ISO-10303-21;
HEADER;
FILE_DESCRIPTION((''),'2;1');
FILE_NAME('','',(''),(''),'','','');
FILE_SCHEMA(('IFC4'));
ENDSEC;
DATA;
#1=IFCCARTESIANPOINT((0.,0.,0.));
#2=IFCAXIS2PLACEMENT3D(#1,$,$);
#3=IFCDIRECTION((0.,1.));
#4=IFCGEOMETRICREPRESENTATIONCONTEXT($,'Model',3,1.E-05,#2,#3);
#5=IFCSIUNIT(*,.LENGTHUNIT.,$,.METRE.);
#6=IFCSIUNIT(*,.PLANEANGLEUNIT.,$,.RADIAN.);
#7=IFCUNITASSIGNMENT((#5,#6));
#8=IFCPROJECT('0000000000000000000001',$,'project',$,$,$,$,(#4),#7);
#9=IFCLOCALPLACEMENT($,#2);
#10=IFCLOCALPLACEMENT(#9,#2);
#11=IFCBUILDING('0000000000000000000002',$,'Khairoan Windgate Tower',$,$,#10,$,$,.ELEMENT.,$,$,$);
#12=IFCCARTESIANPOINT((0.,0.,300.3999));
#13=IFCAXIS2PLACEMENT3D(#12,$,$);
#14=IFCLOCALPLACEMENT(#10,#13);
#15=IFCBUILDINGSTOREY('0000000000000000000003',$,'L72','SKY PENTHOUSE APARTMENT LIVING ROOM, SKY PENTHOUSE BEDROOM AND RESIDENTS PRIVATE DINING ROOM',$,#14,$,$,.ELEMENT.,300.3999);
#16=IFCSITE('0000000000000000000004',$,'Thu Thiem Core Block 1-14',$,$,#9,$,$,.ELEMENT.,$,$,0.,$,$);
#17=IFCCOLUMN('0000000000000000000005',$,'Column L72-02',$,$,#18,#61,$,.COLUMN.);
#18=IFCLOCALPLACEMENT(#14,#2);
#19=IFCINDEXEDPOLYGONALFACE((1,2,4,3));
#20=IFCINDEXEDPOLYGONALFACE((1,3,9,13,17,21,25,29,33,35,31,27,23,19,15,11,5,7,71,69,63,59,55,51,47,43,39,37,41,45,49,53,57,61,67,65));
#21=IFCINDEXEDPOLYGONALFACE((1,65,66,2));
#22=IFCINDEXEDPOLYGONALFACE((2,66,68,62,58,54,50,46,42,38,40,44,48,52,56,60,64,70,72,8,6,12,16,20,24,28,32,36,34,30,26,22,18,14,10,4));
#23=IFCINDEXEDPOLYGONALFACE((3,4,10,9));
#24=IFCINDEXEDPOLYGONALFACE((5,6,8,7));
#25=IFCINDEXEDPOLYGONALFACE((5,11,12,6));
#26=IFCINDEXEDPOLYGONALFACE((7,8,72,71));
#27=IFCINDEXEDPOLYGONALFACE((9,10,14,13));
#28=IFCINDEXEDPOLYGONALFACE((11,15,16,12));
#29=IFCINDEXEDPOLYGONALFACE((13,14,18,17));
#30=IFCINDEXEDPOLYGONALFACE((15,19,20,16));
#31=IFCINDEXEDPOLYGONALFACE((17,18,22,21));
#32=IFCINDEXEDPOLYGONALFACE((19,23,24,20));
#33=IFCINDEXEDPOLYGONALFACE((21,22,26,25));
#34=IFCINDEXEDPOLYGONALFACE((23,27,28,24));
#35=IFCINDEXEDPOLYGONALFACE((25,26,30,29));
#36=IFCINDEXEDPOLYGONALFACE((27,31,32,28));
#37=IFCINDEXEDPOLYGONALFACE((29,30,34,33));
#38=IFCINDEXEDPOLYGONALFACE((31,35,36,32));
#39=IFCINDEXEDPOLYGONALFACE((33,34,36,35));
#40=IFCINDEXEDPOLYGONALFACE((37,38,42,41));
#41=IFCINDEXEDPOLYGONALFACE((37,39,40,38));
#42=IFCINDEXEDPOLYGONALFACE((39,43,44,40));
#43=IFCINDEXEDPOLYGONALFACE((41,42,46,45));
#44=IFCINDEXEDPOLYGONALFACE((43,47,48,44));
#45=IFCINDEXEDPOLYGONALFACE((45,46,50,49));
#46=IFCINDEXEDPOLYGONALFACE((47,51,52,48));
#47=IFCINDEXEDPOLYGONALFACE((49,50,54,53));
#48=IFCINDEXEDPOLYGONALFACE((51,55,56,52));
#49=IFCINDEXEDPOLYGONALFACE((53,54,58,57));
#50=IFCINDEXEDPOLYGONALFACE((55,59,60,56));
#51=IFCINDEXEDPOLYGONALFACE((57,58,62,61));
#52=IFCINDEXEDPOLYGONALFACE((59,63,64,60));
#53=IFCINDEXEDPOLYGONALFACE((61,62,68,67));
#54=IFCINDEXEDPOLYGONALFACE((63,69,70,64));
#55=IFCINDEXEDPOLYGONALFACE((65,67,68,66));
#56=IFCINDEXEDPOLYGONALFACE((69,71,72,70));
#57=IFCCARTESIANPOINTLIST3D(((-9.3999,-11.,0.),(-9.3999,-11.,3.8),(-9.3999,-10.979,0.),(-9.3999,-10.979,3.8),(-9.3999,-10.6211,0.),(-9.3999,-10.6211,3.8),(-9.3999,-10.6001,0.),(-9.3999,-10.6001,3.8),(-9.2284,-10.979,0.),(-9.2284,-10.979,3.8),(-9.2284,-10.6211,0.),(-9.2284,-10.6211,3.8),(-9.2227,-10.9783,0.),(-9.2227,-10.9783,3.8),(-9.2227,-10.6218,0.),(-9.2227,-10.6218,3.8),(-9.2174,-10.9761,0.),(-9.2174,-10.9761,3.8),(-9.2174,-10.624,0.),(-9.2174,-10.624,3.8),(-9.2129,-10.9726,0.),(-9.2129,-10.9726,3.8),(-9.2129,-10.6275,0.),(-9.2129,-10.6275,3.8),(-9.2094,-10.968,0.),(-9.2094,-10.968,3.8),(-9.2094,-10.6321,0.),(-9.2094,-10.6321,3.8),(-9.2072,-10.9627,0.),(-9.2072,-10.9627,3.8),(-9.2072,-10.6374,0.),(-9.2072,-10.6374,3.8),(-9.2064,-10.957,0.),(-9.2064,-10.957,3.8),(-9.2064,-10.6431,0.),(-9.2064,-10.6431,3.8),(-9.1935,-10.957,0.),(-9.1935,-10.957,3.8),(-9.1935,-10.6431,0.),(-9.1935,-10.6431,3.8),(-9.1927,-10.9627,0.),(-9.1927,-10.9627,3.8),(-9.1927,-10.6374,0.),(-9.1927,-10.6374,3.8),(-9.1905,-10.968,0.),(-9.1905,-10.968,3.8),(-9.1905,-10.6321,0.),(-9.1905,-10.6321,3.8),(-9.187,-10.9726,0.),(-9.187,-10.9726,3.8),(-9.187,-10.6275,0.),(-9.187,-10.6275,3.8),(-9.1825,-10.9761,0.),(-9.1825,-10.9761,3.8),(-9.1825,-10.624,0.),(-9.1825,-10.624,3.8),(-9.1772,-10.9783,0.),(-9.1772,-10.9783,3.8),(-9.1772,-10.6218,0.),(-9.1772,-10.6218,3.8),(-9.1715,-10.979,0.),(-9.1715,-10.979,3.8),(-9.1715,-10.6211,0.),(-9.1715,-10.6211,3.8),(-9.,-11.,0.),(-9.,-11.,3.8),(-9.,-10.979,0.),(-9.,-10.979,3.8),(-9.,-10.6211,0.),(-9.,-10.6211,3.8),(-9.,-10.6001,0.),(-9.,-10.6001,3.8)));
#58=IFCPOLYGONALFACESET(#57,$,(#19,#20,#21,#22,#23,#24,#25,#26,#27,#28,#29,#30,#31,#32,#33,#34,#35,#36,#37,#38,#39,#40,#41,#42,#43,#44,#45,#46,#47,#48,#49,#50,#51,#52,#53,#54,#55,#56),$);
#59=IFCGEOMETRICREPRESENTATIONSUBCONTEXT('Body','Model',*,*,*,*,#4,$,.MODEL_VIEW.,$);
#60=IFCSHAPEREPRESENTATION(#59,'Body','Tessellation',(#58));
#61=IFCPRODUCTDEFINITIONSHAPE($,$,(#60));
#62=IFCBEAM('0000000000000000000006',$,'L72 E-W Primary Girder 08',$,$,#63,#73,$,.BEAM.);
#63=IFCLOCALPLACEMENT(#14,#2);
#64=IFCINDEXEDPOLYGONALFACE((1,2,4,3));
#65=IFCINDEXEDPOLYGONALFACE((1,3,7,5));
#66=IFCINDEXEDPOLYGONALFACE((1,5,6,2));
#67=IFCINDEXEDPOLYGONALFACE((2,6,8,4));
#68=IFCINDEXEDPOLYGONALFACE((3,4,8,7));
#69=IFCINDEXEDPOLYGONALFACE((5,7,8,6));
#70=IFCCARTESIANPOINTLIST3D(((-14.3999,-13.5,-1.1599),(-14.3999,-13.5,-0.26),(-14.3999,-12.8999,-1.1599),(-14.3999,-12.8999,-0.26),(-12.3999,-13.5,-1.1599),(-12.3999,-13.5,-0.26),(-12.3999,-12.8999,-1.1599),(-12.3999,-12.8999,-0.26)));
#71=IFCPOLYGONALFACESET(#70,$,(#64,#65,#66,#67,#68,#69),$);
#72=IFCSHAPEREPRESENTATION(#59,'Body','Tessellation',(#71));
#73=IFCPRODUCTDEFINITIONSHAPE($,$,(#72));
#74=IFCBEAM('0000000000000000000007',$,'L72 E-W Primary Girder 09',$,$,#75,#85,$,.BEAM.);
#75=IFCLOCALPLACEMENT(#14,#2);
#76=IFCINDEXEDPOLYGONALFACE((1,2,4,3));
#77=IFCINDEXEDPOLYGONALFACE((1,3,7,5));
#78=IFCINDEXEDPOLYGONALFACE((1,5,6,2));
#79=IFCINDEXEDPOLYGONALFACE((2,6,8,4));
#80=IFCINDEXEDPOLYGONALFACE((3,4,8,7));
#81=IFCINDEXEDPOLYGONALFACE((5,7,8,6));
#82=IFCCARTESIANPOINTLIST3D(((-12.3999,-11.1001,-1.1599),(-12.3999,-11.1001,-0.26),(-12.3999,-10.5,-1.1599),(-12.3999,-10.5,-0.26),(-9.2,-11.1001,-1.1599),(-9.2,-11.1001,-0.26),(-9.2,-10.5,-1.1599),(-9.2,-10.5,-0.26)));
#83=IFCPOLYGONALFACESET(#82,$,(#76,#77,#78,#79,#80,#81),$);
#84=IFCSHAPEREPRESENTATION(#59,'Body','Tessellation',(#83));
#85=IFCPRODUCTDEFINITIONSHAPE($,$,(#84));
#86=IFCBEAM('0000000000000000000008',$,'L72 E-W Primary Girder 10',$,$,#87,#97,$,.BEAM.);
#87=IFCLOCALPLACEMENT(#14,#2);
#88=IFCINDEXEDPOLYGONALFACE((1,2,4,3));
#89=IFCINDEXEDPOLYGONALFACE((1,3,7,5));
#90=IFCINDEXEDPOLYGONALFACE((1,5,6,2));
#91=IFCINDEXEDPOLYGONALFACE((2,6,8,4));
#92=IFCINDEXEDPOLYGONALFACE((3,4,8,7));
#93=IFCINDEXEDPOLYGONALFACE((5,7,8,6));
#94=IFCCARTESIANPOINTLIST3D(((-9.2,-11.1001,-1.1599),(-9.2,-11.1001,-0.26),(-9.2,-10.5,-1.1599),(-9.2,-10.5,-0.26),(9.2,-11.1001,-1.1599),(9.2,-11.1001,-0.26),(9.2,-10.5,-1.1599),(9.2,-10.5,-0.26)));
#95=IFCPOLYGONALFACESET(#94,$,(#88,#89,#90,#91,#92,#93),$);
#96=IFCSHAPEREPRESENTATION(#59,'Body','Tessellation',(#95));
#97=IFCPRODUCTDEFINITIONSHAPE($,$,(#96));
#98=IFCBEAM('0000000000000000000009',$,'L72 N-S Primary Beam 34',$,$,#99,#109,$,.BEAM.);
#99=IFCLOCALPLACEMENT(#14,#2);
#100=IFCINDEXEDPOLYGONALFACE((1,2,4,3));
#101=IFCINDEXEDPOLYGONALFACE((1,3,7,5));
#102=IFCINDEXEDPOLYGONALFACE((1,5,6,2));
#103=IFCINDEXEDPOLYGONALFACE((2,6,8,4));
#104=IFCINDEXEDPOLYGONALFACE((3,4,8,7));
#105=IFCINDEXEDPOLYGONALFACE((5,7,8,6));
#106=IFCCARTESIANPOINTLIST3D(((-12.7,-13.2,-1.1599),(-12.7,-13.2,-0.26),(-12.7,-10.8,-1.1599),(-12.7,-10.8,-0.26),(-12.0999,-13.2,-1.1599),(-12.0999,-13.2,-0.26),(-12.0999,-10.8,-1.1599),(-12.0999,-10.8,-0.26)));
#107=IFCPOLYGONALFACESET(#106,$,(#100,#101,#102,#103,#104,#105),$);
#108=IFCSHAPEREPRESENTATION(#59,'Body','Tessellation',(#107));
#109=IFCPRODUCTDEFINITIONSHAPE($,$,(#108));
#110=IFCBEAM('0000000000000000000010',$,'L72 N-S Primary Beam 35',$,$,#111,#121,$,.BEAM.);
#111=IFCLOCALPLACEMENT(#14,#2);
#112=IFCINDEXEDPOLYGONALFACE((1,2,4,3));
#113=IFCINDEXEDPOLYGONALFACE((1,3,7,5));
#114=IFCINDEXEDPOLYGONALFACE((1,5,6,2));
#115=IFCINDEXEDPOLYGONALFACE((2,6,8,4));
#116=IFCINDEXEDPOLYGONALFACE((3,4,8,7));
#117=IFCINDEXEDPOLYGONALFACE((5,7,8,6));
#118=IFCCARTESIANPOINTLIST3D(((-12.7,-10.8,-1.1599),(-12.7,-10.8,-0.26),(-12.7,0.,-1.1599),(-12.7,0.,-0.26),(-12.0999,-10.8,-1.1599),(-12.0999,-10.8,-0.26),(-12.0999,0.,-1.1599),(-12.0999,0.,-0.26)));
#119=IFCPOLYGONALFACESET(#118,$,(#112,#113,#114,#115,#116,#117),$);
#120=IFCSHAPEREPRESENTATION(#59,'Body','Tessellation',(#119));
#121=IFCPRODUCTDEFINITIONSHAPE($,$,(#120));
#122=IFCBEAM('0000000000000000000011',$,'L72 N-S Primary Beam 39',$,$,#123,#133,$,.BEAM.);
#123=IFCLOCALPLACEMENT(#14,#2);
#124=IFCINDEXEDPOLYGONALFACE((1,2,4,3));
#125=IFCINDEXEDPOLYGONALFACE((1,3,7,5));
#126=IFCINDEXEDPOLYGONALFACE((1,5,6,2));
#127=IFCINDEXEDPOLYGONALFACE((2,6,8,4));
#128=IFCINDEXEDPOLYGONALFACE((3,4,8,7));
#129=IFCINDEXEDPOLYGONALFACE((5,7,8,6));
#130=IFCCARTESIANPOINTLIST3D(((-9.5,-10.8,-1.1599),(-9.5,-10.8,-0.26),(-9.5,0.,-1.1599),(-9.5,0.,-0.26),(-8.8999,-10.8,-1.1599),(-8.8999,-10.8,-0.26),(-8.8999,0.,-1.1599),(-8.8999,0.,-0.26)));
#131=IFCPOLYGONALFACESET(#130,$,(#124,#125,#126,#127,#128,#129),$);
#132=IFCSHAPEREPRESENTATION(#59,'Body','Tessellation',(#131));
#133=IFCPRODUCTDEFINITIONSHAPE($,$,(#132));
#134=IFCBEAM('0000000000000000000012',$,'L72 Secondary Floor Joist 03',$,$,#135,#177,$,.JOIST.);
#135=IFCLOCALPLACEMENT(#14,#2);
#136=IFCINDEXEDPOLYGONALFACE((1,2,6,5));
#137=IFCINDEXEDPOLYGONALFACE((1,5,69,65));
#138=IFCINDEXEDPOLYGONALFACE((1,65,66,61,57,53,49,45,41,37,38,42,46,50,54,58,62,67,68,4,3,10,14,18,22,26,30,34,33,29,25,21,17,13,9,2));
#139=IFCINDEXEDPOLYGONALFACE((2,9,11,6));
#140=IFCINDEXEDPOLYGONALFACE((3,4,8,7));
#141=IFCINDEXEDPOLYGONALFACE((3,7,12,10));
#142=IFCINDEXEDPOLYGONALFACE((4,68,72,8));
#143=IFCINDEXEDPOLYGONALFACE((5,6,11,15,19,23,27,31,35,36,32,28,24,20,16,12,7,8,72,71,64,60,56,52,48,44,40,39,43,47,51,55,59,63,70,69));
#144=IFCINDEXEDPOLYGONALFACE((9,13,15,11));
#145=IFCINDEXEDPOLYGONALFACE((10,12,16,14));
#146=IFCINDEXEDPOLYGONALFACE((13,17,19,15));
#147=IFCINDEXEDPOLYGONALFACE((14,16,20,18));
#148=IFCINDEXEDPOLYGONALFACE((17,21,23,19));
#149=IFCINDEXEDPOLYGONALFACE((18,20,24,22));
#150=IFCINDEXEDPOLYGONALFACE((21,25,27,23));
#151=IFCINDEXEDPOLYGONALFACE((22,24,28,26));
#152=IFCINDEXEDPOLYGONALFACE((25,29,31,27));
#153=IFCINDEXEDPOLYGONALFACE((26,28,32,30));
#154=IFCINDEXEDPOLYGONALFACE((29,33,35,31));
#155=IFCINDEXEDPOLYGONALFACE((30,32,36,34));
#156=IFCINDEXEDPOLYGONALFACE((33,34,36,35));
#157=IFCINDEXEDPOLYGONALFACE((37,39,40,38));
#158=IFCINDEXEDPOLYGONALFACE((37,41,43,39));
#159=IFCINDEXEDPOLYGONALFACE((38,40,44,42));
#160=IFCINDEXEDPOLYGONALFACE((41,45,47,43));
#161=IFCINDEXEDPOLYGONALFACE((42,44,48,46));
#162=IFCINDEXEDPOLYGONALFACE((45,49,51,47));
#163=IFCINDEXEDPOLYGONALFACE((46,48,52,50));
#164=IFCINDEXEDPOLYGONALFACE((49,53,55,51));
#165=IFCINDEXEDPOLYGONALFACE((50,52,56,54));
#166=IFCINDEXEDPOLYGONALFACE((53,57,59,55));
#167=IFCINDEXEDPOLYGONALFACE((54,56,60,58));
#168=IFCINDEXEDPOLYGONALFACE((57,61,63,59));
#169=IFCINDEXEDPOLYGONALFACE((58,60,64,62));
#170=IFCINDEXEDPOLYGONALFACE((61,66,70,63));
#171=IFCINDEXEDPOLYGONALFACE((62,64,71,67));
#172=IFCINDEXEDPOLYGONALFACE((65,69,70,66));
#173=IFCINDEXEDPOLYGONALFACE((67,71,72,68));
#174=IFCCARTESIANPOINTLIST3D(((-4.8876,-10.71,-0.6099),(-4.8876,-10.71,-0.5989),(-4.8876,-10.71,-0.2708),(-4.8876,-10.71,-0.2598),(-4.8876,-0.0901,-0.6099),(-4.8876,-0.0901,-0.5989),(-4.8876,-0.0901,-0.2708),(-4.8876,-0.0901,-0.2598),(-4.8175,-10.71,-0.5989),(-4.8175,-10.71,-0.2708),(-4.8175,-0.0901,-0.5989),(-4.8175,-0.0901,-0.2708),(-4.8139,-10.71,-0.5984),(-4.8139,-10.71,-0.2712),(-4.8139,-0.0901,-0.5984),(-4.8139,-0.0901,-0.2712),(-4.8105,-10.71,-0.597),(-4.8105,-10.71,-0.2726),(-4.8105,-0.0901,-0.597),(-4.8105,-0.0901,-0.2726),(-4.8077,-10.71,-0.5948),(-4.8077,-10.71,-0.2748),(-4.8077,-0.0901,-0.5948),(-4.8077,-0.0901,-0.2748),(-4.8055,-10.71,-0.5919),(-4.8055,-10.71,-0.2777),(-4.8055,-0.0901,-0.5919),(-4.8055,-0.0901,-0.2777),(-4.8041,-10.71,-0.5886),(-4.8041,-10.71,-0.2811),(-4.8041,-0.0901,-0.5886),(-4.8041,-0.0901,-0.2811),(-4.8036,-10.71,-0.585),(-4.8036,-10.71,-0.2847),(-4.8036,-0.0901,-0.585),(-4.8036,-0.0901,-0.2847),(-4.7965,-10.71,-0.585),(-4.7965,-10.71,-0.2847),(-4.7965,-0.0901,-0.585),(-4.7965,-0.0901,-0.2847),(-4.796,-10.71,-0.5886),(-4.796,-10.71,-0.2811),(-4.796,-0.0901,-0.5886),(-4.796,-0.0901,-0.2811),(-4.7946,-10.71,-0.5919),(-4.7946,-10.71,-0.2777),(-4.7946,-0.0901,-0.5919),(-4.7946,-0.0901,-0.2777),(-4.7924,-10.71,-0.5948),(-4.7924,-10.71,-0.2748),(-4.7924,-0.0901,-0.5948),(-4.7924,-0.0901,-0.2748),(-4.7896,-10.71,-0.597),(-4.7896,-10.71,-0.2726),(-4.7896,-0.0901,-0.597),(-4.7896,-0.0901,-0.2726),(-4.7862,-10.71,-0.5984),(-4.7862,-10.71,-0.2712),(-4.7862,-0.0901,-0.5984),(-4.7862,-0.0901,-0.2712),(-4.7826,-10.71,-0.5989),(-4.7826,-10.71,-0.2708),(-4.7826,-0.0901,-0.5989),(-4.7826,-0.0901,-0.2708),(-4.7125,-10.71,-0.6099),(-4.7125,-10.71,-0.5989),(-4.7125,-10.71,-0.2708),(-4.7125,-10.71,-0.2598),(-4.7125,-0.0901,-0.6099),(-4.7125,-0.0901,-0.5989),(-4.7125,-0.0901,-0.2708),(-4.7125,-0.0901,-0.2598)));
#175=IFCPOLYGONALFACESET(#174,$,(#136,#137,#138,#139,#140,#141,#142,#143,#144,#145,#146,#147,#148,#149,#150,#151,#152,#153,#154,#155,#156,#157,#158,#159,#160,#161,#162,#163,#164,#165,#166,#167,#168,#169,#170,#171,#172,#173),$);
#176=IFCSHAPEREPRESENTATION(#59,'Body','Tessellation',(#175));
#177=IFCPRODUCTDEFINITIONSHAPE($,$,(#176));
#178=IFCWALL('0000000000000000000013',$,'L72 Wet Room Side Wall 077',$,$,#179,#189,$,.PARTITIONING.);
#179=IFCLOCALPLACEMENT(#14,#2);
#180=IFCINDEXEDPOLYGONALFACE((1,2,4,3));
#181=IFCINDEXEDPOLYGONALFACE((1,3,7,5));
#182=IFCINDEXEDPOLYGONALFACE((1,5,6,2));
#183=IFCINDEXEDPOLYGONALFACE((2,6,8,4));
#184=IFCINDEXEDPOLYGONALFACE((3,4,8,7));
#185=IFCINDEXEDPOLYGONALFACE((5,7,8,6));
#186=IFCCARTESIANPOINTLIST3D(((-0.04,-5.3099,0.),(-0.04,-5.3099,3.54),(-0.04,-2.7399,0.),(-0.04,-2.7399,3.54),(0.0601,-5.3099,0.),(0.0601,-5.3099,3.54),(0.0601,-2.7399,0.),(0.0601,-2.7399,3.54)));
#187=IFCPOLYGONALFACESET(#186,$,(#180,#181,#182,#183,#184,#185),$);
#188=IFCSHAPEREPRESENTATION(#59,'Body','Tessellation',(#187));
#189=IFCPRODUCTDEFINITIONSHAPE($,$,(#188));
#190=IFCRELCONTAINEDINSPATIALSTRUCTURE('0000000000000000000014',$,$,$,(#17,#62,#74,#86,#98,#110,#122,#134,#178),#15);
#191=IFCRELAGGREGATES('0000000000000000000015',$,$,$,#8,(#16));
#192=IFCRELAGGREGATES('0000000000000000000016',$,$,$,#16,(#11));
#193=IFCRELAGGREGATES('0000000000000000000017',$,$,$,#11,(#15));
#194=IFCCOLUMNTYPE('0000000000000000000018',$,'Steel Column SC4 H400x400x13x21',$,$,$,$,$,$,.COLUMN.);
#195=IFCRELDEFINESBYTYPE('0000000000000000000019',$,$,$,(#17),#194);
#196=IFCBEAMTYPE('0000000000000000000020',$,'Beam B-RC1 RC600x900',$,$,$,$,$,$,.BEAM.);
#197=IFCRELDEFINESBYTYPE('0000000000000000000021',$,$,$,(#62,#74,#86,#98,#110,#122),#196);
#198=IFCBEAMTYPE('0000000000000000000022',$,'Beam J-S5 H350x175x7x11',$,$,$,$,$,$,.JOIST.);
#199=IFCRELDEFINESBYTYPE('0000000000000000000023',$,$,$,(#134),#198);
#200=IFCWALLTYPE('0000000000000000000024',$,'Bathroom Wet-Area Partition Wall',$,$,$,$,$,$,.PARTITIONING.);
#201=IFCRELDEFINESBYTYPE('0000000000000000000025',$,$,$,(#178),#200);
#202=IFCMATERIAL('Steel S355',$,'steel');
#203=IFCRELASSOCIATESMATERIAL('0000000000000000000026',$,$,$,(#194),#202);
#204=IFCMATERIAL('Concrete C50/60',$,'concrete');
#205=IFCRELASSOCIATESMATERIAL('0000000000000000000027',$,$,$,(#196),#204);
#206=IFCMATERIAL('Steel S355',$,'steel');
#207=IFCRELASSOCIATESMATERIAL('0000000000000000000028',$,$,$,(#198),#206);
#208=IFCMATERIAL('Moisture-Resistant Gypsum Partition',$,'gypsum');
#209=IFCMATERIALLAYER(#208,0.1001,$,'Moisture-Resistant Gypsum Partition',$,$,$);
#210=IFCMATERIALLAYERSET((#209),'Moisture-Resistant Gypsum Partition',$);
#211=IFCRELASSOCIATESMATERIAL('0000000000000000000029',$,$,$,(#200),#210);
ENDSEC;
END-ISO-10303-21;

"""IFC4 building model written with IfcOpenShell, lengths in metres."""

from ifc_helpers import new_model, si_unit, direction, frame, frame_2d, origin, origin_2d, place, context, subcontext, project, spatial, rectangle, i_section, extrude, material, layer, layer_set, material_profile, profile_set, type_object, element, save


model = new_model("IFC4")

# Units and contexts
model_context = context("Model", 3, precision=1e-05, world=origin(), true_north=direction((0.0, 1.0)))
body_context = subcontext(model_context, "Body", "Model", "MODEL_VIEW")
ifc_project = project(units=[si_unit("LENGTHUNIT", "METRE"), si_unit("PLANEANGLEUNIT", "RADIAN")], contexts=[model_context])

# Site, building, storey
site_placement = place(None, origin())
site = spatial("IfcSite", under=ifc_project, at=site_placement, Name="Thu Thiem Core Block 1-14", CompositionType="ELEMENT", RefElevation=0.0)
building_placement = place(site_placement, origin())
building = spatial("IfcBuilding", under=site, at=building_placement, Name="Khairoan Windgate Tower", CompositionType="ELEMENT")
storey_placement = place(building_placement, frame((0.0, 0.0, 300.3999)))
storey = spatial("IfcBuildingStorey", under=building, at=storey_placement, Name="L72", Description="SKY PENTHOUSE APARTMENT LIVING ROOM, SKY PENTHOUSE BEDROOM AND RESIDENTS PRIVATE DINING ROOM", CompositionType="ELEMENT", Elevation=300.3999)

# Column
ifc_material_1 = material(Name="Steel S355", Category="steel")
ifc_material_profile_1 = material_profile(ifc_material_1, i_section(OverallWidth=0.3999, OverallDepth=0.3999, WebThickness=0.0129, FlangeThickness=0.021, FilletRadius=0.022, at=origin_2d()))
ifc_profile_set_1 = profile_set([ifc_material_profile_1], Name="Steel S355")
column_type = type_object("IfcColumnType", Name="Steel Column SC4 H400x400x13x21", PredefinedType="COLUMN", material=ifc_profile_set_1)
column_placement = place(storey_placement, frame((-9.2, -10.8, 0.0), z_axis=(0.0, 0.0, 1.0), x_axis=(1.0, 0.0, 0.0)))
element("IfcColumn", 1, at=column_placement, inside=storey, type_object=column_type, Name="Column L72-02", PredefinedType="COLUMN", context=body_context, shape_type="SweptSolid", body=[
    extrude(i_section(OverallWidth=0.3999, OverallDepth=0.3999, WebThickness=0.0129, FlangeThickness=0.021, FilletRadius=0.022, at=origin_2d()), origin(), (0.0, 0.0, 1.0), 3.8),
])

# Beams
ifc_material_2 = material(Name="Concrete C50/60", Category="concrete")
ifc_material_profile_2 = material_profile(ifc_material_2, rectangle(XDim=0.6001, YDim=0.8999, at=origin_2d()))
ifc_profile_set_2 = profile_set([ifc_material_profile_2], Name="Concrete C50/60")
beam_type_1 = type_object("IfcBeamType", Name="Beam B-RC1 RC600x900", PredefinedType="BEAM", material=ifc_profile_set_2)
beam_1_placement = place(storey_placement, frame((-14.3999, -13.2, -0.71), z_axis=(1.0, 0.0, 0.0), x_axis=(0.0, 1.0, 0.0)))
element("IfcBeam", 2, at=beam_1_placement, inside=storey, type_object=beam_type_1, Name="L72 E-W Primary Girder 08", PredefinedType="BEAM", context=body_context, shape_type="SweptSolid", body=[
    extrude(rectangle(XDim=0.6001, YDim=0.8999, at=origin_2d()), origin(), (0.0, 0.0, 1.0), 2.0),
])
beam_2_placement = place(storey_placement, frame((-12.3999, -10.8, -0.71), z_axis=(1.0, 0.0, 0.0), x_axis=(0.0, 1.0, 0.0)))
element("IfcBeam", 3, at=beam_2_placement, inside=storey, type_object=beam_type_1, Name="L72 E-W Primary Girder 09", PredefinedType="BEAM", context=body_context, shape_type="SweptSolid", body=[
    extrude(rectangle(XDim=0.6001, YDim=0.8999, at=origin_2d()), origin(), (0.0, 0.0, 1.0), 3.2),
])
beam_3_placement = place(storey_placement, frame((-9.2, -10.8, -0.71), z_axis=(1.0, 0.0, 0.0), x_axis=(0.0, 1.0, 0.0)))
element("IfcBeam", 4, at=beam_3_placement, inside=storey, type_object=beam_type_1, Name="L72 E-W Primary Girder 10", PredefinedType="BEAM", context=body_context, shape_type="SweptSolid", body=[
    extrude(rectangle(XDim=0.6001, YDim=0.8999, at=origin_2d()), origin(), (0.0, 0.0, 1.0), 18.3999),
])
beam_4_placement = place(storey_placement, frame((-12.3999, -13.2, -0.71), z_axis=(0.0, 1.0, 0.0), x_axis=(-1.0, 0.0, 0.0)))
element("IfcBeam", 5, at=beam_4_placement, inside=storey, type_object=beam_type_1, Name="L72 N-S Primary Beam 34", PredefinedType="BEAM", context=body_context, shape_type="SweptSolid", body=[
    extrude(rectangle(XDim=0.6001, YDim=0.8999, at=origin_2d()), origin(), (0.0, 0.0, 1.0), 2.3999),
])
for number, where, z_axis, x_axis, name in (
    (6, (-12.3999, -10.8, -0.71), (0.0, 1.0, 0.0), (-1.0, 0.0, 0.0), "L72 N-S Primary Beam 35"),
    (7, (-9.2, -10.8, -0.71), (0.0, 1.0, 0.0), (-1.0, 0.0, 0.0), "L72 N-S Primary Beam 39"),
):
    element("IfcBeam", number, at=place(storey_placement, frame(where, z_axis=z_axis, x_axis=x_axis)), inside=storey, type_object=beam_type_1, Name=name, PredefinedType="BEAM", context=body_context, shape_type="SweptSolid", body=[
        extrude(rectangle(XDim=0.6001, YDim=0.8999, at=origin_2d()), origin(), (0.0, 0.0, 1.0), 10.8),
    ])
ifc_material_3 = material(Name="Steel S355", Category="steel")
ifc_material_profile_3 = material_profile(ifc_material_3, i_section(OverallWidth=0.175, OverallDepth=0.3501, WebThickness=0.0071, FlangeThickness=0.011, FilletRadius=0.0139, at=origin_2d()))
ifc_profile_set_3 = profile_set([ifc_material_profile_3], Name="Steel S355")
beam_type_2 = type_object("IfcBeamType", Name="Beam J-S5 H350x175x7x11", PredefinedType="JOIST", material=ifc_profile_set_3)
beam_5_placement = place(storey_placement, frame((-4.8, -10.71, -0.4348), z_axis=(0.0, 1.0, 0.0), x_axis=(-1.0, 0.0, 0.0)))
element("IfcBeam", 8, at=beam_5_placement, inside=storey, type_object=beam_type_2, Name="L72 Secondary Floor Joist 03", PredefinedType="JOIST", context=body_context, shape_type="SweptSolid", body=[
    extrude(i_section(OverallWidth=0.175, OverallDepth=0.3501, WebThickness=0.0071, FlangeThickness=0.011, FilletRadius=0.0139, at=origin_2d()), origin(), (0.0, 0.0, 1.0), 10.6199),
])

# Wall
ifc_material_4 = material(Name="Moisture-Resistant Gypsum Partition", Category="gypsum")
ifc_layer_1 = layer(ifc_material_4, 0.1001, Name="Moisture-Resistant Gypsum Partition")
ifc_layer_set_1 = layer_set([ifc_layer_1], Name="Moisture-Resistant Gypsum Partition")
wall_type_1 = type_object("IfcWallType", Name="Bathroom Wet-Area Partition Wall", PredefinedType="PARTITIONING", material=ifc_layer_set_1)
wall_1_placement = place(storey_placement, frame((0.01, -5.3101, 0.0), z_axis=(0.0, 0.0, 1.0), x_axis=(0.0, 1.0, 0.0)))
element("IfcWall", 9, at=wall_1_placement, inside=storey, type_object=wall_type_1, Name="L72 Wet Room Side Wall 077", PredefinedType="PARTITIONING", context=body_context, shape_type="SweptSolid", body=[
    extrude(rectangle(XDim=2.5701, YDim=0.1001, at=frame_2d((1.2852, 0.0))), origin(), (0.0, 0.0, 1.0), 3.54),
])

save(model, "model.ifc")
